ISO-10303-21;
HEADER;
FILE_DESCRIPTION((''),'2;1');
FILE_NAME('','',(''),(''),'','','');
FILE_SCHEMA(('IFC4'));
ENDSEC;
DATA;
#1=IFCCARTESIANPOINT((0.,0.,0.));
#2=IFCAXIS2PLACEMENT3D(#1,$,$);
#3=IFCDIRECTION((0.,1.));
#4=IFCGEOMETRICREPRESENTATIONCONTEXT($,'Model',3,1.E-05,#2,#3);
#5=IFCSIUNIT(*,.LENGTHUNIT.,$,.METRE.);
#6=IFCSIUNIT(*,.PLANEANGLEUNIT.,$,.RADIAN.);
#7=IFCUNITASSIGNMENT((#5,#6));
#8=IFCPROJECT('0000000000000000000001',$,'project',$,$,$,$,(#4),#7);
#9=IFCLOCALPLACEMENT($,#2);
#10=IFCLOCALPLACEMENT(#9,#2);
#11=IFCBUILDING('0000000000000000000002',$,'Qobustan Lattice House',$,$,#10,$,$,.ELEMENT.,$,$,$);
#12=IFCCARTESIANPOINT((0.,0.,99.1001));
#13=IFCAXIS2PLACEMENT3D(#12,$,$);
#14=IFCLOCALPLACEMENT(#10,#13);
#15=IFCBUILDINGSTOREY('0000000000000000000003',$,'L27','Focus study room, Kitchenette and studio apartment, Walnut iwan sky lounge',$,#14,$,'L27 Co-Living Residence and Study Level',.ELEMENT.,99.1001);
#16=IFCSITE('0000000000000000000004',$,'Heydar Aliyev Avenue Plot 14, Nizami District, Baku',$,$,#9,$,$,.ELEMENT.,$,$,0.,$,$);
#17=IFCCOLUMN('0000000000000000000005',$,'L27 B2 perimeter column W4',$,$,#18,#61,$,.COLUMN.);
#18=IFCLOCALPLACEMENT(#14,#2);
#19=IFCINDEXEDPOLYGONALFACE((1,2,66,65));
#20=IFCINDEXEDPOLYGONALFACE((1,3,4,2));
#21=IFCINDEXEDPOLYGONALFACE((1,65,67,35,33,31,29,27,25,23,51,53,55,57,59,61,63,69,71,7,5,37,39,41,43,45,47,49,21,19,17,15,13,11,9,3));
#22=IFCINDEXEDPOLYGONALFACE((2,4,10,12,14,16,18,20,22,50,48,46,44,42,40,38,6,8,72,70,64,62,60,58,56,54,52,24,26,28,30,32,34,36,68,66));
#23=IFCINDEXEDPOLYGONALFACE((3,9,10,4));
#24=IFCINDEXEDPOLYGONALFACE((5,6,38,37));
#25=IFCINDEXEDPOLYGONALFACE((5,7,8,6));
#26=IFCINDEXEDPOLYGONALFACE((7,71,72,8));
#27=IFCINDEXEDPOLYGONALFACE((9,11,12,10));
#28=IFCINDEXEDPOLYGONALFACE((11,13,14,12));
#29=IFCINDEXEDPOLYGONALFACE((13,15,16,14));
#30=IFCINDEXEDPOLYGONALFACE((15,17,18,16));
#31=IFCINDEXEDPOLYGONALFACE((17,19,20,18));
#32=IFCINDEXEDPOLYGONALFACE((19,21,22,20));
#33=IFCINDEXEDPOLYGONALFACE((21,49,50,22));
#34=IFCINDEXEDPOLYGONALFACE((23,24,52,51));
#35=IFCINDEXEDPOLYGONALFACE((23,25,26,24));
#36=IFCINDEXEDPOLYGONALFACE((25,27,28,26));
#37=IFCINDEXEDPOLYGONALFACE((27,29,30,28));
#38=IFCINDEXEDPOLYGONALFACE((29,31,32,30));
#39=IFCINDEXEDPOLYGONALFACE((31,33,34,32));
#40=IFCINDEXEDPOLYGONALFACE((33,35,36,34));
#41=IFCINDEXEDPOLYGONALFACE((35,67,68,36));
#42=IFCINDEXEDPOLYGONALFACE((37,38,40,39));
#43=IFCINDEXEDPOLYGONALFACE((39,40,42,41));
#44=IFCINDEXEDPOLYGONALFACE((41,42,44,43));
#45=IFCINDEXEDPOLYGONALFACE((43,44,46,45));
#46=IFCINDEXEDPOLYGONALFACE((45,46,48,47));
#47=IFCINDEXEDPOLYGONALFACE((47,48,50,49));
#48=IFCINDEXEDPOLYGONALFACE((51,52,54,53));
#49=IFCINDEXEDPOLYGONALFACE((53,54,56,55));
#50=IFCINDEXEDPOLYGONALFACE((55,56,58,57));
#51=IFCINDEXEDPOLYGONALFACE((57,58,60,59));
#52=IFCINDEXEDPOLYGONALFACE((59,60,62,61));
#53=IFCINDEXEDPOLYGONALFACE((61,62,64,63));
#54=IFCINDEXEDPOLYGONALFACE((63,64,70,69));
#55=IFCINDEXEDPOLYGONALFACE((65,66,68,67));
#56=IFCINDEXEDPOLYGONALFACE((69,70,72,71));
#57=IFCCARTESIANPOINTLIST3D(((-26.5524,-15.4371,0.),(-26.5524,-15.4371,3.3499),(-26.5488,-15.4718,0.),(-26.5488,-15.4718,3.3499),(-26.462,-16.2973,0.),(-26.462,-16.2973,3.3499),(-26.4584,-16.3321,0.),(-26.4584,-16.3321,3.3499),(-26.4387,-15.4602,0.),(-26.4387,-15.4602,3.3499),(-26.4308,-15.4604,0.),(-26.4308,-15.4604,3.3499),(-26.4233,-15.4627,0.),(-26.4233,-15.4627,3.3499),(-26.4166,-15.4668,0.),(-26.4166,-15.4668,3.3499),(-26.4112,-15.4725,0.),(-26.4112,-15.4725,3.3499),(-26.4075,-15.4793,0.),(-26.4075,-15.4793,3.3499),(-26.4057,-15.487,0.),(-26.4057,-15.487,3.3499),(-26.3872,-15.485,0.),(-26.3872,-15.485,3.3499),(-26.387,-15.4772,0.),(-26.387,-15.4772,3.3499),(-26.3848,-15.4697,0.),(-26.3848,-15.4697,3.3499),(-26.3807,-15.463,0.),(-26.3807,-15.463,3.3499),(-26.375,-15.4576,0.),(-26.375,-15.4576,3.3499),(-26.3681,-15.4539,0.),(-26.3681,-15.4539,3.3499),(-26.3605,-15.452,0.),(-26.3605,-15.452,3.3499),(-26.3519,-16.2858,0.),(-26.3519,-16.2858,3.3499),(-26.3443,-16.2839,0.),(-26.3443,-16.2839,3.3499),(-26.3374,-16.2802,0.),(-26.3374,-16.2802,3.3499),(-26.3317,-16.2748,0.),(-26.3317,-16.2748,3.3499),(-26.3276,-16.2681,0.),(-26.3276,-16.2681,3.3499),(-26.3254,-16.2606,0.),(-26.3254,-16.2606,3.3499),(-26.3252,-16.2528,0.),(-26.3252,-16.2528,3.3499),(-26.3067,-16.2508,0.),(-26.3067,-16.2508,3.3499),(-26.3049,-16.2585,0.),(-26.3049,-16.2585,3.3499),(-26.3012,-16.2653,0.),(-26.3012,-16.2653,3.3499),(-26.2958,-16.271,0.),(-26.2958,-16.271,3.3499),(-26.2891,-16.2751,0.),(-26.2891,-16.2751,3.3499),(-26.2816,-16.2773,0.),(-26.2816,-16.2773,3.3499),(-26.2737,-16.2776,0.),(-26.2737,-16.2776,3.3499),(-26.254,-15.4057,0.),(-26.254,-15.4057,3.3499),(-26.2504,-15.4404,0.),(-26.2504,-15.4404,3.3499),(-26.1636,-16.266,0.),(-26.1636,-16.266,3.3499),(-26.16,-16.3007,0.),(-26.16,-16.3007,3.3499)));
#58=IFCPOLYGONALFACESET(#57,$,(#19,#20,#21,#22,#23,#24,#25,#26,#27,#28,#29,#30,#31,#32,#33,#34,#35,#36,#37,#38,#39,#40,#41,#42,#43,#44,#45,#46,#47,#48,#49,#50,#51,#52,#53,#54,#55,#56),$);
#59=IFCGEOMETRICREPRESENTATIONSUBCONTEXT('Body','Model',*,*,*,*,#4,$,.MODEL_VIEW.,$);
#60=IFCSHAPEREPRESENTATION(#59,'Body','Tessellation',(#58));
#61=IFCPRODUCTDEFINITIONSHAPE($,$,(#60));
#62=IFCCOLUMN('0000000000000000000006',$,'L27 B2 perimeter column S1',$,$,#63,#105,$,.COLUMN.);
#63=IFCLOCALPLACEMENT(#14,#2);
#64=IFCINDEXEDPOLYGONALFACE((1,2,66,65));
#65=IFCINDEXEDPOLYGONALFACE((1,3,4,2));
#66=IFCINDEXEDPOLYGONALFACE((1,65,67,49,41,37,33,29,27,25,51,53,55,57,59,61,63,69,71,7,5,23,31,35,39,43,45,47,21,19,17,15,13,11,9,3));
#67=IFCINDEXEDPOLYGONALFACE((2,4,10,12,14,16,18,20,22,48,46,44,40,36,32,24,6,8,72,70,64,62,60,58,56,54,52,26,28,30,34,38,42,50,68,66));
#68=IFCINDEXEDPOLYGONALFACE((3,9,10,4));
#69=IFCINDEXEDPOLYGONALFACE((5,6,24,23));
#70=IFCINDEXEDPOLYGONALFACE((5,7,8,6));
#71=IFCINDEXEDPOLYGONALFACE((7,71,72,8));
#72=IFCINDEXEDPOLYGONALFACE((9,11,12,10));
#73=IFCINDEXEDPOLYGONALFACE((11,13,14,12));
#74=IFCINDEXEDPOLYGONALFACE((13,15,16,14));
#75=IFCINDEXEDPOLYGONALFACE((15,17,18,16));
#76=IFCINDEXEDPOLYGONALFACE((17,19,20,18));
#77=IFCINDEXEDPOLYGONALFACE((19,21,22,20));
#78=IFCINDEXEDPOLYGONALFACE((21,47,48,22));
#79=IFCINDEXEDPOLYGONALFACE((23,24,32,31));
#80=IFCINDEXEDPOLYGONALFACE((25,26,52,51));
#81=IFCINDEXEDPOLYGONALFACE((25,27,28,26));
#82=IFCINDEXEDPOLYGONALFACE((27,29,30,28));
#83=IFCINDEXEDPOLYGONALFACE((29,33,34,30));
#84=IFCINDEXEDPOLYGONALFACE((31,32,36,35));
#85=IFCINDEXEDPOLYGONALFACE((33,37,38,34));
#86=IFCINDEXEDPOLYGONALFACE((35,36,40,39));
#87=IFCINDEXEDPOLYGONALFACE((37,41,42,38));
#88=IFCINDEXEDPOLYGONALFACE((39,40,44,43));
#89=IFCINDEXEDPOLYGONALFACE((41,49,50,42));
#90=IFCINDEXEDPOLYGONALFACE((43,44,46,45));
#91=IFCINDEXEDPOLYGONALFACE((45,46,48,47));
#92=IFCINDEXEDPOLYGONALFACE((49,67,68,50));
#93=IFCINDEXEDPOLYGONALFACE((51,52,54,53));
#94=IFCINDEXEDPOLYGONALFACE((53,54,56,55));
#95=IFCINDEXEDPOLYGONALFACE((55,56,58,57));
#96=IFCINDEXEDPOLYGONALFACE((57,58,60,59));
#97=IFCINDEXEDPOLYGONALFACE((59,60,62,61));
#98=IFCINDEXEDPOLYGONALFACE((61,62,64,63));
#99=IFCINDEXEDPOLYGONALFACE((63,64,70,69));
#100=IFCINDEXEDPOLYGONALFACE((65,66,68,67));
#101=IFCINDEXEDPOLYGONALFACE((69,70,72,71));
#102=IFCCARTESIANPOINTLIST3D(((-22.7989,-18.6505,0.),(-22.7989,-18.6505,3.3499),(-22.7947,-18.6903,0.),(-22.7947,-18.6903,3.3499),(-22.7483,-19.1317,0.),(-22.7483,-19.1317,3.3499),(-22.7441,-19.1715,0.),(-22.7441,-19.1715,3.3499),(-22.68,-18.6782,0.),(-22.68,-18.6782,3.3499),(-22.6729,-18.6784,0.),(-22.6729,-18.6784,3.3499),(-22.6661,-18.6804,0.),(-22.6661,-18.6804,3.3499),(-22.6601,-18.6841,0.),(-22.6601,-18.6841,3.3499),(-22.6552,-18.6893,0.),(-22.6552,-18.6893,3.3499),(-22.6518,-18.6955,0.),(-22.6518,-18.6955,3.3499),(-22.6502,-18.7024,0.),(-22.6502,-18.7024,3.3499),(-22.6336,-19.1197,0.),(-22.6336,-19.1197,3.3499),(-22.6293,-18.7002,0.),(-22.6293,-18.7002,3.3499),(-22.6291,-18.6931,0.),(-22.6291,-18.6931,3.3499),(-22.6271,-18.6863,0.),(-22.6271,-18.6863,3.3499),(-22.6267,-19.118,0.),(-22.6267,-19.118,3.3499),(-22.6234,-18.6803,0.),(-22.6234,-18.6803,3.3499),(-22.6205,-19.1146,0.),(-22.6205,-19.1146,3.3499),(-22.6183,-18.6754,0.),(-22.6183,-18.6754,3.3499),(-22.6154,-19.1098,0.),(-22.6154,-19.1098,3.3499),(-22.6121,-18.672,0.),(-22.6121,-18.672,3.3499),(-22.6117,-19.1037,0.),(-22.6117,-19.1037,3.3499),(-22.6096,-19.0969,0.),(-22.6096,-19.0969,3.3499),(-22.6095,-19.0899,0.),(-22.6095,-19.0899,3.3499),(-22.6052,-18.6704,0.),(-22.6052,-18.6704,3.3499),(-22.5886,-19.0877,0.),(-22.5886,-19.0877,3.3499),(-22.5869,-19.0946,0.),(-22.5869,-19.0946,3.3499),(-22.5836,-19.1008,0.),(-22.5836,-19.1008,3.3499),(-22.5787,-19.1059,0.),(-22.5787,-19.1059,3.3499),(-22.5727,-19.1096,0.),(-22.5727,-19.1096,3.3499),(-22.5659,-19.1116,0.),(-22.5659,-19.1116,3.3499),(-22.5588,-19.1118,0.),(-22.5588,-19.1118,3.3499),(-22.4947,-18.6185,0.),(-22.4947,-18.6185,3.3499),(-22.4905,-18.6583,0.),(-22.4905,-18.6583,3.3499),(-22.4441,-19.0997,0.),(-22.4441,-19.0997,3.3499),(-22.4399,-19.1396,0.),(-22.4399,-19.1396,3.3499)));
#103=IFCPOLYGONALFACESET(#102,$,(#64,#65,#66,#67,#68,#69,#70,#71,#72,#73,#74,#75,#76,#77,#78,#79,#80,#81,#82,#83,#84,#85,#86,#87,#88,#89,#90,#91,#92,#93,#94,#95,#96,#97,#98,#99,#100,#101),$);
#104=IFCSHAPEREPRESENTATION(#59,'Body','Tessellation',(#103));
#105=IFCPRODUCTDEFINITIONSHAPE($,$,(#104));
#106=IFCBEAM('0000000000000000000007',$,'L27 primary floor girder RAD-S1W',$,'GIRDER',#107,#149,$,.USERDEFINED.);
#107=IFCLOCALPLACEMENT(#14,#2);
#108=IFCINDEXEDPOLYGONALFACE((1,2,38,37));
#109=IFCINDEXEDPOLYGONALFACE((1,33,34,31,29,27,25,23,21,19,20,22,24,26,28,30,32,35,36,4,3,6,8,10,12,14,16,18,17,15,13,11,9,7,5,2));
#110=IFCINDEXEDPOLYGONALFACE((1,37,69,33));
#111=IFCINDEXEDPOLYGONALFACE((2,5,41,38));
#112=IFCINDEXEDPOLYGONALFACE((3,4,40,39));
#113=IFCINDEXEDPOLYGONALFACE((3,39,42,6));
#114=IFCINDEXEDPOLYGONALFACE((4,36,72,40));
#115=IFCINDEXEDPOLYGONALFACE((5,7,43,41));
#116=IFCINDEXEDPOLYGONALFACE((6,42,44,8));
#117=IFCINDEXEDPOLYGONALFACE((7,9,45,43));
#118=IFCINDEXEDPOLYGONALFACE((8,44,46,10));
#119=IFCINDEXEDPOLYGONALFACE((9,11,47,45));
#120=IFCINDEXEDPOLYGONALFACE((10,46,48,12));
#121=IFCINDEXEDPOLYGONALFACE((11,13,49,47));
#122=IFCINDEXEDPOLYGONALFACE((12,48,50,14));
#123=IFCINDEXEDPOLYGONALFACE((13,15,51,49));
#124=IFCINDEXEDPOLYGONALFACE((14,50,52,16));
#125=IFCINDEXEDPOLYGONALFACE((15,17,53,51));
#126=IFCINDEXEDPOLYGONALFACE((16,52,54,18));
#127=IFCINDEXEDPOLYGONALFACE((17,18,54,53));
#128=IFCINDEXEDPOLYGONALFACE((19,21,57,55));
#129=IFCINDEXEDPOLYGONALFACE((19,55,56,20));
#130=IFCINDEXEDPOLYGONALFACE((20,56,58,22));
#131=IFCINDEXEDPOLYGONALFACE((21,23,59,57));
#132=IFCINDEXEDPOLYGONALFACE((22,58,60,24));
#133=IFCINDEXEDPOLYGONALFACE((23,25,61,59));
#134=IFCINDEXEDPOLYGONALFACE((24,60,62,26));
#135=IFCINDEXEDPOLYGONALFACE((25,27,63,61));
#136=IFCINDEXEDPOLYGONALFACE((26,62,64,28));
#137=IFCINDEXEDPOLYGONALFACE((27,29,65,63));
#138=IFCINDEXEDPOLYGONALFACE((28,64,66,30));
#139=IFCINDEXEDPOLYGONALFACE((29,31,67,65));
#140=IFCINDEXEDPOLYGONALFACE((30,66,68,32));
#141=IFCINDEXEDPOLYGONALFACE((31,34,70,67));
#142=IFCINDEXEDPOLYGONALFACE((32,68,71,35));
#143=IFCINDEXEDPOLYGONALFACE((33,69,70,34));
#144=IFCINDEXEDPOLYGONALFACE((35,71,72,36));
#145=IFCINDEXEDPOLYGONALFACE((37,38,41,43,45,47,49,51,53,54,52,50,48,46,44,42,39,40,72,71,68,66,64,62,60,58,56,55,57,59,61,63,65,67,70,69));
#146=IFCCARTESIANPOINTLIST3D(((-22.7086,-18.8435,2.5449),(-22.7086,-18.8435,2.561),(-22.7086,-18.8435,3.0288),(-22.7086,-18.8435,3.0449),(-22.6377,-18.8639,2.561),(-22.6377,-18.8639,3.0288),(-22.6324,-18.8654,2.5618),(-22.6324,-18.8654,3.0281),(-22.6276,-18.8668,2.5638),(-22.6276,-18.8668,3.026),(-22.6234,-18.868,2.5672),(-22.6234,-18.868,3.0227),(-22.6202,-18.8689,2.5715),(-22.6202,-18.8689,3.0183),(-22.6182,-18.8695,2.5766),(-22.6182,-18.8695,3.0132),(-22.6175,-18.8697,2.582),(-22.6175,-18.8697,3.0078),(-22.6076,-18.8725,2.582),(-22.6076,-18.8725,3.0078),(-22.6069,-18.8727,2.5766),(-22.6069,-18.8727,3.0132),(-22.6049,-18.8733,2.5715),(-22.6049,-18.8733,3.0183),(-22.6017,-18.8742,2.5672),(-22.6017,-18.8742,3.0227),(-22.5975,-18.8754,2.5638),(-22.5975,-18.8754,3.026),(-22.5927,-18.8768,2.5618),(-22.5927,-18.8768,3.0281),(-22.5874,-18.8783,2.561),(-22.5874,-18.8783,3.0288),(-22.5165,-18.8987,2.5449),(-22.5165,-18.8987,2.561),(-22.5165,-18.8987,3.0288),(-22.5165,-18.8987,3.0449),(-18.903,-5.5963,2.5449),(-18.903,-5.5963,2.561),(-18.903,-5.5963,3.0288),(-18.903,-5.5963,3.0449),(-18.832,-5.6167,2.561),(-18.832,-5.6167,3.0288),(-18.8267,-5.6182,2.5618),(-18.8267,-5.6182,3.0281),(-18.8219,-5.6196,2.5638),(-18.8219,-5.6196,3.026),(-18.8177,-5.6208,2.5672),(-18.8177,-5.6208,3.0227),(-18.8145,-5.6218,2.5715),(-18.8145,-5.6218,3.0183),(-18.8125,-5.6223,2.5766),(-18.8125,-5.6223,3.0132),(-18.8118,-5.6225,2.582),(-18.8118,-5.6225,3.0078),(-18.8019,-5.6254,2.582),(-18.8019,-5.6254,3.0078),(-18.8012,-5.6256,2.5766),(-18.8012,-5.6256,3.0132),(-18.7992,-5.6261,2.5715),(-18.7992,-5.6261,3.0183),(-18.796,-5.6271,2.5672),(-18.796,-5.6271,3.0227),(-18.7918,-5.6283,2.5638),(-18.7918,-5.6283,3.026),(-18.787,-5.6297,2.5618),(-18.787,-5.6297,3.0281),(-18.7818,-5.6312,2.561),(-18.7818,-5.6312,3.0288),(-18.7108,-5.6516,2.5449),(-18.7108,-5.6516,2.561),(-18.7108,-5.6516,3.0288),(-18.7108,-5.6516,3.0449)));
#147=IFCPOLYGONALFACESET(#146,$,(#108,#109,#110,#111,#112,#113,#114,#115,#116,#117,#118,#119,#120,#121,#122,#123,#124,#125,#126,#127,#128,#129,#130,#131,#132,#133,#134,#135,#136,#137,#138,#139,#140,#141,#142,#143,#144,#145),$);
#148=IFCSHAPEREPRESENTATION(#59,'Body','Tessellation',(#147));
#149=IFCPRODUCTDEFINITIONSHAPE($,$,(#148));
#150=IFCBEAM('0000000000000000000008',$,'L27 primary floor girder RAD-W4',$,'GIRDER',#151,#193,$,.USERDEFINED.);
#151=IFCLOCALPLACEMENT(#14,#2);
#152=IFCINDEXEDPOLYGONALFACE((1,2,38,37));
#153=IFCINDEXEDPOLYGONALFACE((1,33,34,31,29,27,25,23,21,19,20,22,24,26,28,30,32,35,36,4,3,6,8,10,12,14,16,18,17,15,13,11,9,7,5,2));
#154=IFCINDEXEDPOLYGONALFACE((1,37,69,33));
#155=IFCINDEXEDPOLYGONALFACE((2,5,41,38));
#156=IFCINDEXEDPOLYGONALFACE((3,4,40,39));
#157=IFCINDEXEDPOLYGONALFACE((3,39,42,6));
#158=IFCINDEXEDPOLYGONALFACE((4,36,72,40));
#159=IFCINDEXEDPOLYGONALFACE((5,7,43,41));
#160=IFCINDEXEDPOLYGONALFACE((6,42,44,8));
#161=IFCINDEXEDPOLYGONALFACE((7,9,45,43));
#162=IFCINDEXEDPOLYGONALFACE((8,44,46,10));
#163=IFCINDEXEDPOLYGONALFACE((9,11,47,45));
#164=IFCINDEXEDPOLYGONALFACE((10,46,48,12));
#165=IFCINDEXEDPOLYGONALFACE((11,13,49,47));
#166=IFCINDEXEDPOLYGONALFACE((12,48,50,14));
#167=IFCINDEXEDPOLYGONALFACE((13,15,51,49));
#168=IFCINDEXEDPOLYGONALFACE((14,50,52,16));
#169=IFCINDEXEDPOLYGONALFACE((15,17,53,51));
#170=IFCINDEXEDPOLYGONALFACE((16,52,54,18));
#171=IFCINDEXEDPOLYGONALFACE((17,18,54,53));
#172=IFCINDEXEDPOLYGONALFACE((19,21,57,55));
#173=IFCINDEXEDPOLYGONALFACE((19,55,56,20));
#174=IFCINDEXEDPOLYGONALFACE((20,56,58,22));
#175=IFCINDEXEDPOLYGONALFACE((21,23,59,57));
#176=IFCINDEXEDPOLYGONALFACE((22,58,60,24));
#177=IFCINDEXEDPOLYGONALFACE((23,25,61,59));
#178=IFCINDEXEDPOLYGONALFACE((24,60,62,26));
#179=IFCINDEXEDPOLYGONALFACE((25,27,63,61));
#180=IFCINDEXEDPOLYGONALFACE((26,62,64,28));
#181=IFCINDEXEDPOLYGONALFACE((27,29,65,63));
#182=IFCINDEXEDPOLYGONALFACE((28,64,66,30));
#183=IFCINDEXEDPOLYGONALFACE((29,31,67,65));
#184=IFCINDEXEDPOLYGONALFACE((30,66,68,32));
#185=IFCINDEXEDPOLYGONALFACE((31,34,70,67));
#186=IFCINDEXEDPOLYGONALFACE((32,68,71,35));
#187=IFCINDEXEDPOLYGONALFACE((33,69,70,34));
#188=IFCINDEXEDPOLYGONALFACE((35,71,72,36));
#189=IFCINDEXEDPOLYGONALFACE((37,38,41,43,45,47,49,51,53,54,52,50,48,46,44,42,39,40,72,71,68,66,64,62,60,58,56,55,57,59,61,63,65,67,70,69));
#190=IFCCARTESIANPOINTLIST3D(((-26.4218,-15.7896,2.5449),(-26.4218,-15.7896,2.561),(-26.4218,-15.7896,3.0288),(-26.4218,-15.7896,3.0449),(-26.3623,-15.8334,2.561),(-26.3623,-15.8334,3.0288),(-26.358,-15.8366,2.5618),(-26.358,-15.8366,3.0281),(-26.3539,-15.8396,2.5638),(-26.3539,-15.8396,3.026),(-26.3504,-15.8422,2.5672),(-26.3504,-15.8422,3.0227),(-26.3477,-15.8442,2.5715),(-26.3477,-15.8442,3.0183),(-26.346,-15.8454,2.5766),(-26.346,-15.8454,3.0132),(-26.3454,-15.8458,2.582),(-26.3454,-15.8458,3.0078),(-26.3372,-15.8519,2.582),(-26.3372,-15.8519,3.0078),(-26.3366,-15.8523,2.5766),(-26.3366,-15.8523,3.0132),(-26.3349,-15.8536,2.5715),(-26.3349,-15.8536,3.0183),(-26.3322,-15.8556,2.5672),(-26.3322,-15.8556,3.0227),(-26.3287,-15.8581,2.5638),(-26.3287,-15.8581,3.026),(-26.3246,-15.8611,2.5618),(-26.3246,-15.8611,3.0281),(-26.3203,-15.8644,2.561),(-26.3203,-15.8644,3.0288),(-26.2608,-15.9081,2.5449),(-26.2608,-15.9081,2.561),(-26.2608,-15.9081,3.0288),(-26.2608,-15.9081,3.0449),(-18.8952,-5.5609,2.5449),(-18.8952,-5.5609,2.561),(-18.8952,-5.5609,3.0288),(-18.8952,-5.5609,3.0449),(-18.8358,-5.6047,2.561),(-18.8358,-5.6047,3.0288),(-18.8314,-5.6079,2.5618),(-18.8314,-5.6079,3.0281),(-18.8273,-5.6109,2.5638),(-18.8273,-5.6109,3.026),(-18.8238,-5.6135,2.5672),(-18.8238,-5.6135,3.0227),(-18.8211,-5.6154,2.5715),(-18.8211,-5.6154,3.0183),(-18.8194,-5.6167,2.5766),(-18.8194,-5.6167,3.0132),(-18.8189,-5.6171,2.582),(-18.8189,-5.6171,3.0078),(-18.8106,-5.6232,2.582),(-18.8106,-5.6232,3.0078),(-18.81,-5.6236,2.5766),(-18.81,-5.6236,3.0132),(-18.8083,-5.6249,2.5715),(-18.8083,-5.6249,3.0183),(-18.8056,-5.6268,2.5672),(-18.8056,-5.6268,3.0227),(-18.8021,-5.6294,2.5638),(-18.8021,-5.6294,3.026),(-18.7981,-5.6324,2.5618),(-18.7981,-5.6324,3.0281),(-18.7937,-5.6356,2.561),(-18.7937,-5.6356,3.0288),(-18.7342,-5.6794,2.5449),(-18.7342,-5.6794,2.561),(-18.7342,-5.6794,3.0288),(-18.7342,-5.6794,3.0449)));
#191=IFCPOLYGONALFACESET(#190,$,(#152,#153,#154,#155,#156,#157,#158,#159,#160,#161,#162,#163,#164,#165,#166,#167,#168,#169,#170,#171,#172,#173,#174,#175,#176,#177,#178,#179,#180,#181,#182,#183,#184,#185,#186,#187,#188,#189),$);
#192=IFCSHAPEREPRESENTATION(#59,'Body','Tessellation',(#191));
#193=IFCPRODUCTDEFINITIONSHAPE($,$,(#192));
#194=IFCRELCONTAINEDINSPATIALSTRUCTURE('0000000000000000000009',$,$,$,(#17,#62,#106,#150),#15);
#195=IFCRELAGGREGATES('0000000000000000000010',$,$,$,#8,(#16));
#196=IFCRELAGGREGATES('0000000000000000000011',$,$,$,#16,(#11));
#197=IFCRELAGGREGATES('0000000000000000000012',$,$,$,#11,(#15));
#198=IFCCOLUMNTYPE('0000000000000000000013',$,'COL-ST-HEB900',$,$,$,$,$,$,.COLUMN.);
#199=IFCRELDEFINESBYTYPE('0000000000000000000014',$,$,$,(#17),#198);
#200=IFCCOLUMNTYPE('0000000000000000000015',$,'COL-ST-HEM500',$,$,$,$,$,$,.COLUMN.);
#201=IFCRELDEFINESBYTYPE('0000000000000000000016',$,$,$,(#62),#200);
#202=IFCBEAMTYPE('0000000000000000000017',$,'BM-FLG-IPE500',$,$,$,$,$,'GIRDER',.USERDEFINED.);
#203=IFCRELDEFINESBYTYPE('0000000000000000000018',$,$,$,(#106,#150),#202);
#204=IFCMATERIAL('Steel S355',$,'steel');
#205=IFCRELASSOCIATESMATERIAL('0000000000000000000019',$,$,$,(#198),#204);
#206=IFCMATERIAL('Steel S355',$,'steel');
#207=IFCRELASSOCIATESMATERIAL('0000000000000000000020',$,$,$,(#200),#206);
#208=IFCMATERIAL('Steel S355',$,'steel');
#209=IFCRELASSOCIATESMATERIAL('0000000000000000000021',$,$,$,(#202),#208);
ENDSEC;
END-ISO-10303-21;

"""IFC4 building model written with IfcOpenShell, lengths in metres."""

from ifc_helpers import new_model, si_unit, direction, frame, origin, origin_2d, place, context, subcontext, project, spatial, i_section, extrude, material, material_profile, profile_set, type_object, element, save


model = new_model("IFC4")

# Units and contexts
model_context = context("Model", 3, precision=1e-05, world=origin(), true_north=direction((0.0, 1.0)))
body_context = subcontext(model_context, "Body", "Model", "MODEL_VIEW")
ifc_project = project(units=[si_unit("LENGTHUNIT", "METRE"), si_unit("PLANEANGLEUNIT", "RADIAN")], contexts=[model_context])

# Site, building, storey
site_placement = place(None, origin())
site = spatial("IfcSite", under=ifc_project, at=site_placement, Name="Heydar Aliyev Avenue Plot 14, Nizami District, Baku", CompositionType="ELEMENT", RefElevation=0.0)
building_placement = place(site_placement, origin())
building = spatial("IfcBuilding", under=site, at=building_placement, Name="Qobustan Lattice House", CompositionType="ELEMENT")
storey_placement = place(building_placement, frame((0.0, 0.0, 99.1001)))
storey = spatial("IfcBuildingStorey", under=building, at=storey_placement, Name="L27", Description="Focus study room, Kitchenette and studio apartment, Walnut iwan sky lounge", LongName="L27 Co-Living Residence and Study Level", CompositionType="ELEMENT", Elevation=99.1001)

# Columns
ifc_material_1 = material(Name="Steel S355", Category="steel")
ifc_material_profile_1 = material_profile(ifc_material_1, i_section(OverallWidth=0.3, OverallDepth=0.8999, WebThickness=0.0186, FlangeThickness=0.0349, FilletRadius=0.03, at=origin_2d()), Name="HEB900")
ifc_profile_set_1 = profile_set([ifc_material_profile_1], Name="Steel S355")
column_type_1 = type_object("IfcColumnType", Name="COL-ST-HEB900", PredefinedType="COLUMN", material=ifc_profile_set_1)
column_1_placement = place(storey_placement, frame((-26.3562, -15.8689, 0.0), z_axis=(0.0, 0.0, 1.0), x_axis=(0.994522, 0.104528, 0.0)))
element("IfcColumn", 1, at=column_1_placement, inside=storey, type_object=column_type_1, Name="L27 B2 perimeter column W4", PredefinedType="COLUMN", context=body_context, shape_type="SweptSolid", body=[
    extrude(i_section(OverallWidth=0.3, OverallDepth=0.8999, WebThickness=0.0186, FlangeThickness=0.0349, FilletRadius=0.03, at=origin_2d()), origin(), (0.0, 0.0, 1.0), 3.3499),
])
ifc_material_2 = material(Name="Steel S355", Category="steel")
ifc_material_profile_2 = material_profile(ifc_material_2, i_section(OverallWidth=0.3059, OverallDepth=0.5239, WebThickness=0.021, FlangeThickness=0.04, FilletRadius=0.0271, at=origin_2d()), Name="HEM500")
ifc_profile_set_2 = profile_set([ifc_material_profile_2], Name="Steel S355")
column_type_2 = type_object("IfcColumnType", Name="COL-ST-HEM500", PredefinedType="COLUMN", material=ifc_profile_set_2)
column_2_placement = place(storey_placement, frame((-22.6194, -18.895, 0.0), z_axis=(0.0, 0.0, 1.0), x_axis=(0.994522, 0.104528, 0.0)))
element("IfcColumn", 2, at=column_2_placement, inside=storey, type_object=column_type_2, Name="L27 B2 perimeter column S1", PredefinedType="COLUMN", context=body_context, shape_type="SweptSolid", body=[
    extrude(i_section(OverallWidth=0.3059, OverallDepth=0.5239, WebThickness=0.021, FlangeThickness=0.04, FilletRadius=0.0271, at=origin_2d()), origin(), (0.0, 0.0, 1.0), 3.3499),
])

# Beams
ifc_material_3 = material(Name="Steel S355", Category="steel")
ifc_material_profile_3 = material_profile(ifc_material_3, i_section(OverallWidth=0.2, OverallDepth=0.5, WebThickness=0.0103, FlangeThickness=0.0161, FilletRadius=0.021, at=origin_2d()), Name="IPE500")
ifc_profile_set_3 = profile_set([ifc_material_profile_3], Name="Steel S355")
beam_type_1 = type_object("IfcBeamType", Name="BM-FLG-IPE500", ElementType="GIRDER", PredefinedType="USERDEFINED", material=ifc_profile_set_3)
beam_1_placement = place(storey_placement, frame((-22.6125, -18.8711, 2.7949), z_axis=(0.276115, 0.961125, 0.0), x_axis=(-0.961125, 0.276115, 0.0)))
element("IfcBeam", 3, at=beam_1_placement, inside=storey, type_object=beam_type_1, Name="L27 primary floor girder RAD-S1W", ObjectType="GIRDER", PredefinedType="USERDEFINED", context=body_context, shape_type="SweptSolid", body=[
    extrude(i_section(OverallWidth=0.2, OverallDepth=0.5, WebThickness=0.0103, FlangeThickness=0.0161, FilletRadius=0.021, at=origin_2d()), origin(), (0.0, 0.0, 1.0), 13.783),
])
beam_2_placement = place(storey_placement, frame((-26.3413, -15.8489, 2.7949), z_axis=(0.59267, 0.805446, 0.0), x_axis=(-0.805446, 0.59267, 0.0)))
element("IfcBeam", 4, at=beam_2_placement, inside=storey, type_object=beam_type_1, Name="L27 primary floor girder RAD-W4", ObjectType="GIRDER", PredefinedType="USERDEFINED", context=body_context, shape_type="SweptSolid", body=[
    extrude(i_section(OverallWidth=0.2, OverallDepth=0.5, WebThickness=0.0103, FlangeThickness=0.0161, FilletRadius=0.021, at=origin_2d()), origin(), (0.0, 0.0, 1.0), 12.6995),
])

save(model, "model.ifc")
